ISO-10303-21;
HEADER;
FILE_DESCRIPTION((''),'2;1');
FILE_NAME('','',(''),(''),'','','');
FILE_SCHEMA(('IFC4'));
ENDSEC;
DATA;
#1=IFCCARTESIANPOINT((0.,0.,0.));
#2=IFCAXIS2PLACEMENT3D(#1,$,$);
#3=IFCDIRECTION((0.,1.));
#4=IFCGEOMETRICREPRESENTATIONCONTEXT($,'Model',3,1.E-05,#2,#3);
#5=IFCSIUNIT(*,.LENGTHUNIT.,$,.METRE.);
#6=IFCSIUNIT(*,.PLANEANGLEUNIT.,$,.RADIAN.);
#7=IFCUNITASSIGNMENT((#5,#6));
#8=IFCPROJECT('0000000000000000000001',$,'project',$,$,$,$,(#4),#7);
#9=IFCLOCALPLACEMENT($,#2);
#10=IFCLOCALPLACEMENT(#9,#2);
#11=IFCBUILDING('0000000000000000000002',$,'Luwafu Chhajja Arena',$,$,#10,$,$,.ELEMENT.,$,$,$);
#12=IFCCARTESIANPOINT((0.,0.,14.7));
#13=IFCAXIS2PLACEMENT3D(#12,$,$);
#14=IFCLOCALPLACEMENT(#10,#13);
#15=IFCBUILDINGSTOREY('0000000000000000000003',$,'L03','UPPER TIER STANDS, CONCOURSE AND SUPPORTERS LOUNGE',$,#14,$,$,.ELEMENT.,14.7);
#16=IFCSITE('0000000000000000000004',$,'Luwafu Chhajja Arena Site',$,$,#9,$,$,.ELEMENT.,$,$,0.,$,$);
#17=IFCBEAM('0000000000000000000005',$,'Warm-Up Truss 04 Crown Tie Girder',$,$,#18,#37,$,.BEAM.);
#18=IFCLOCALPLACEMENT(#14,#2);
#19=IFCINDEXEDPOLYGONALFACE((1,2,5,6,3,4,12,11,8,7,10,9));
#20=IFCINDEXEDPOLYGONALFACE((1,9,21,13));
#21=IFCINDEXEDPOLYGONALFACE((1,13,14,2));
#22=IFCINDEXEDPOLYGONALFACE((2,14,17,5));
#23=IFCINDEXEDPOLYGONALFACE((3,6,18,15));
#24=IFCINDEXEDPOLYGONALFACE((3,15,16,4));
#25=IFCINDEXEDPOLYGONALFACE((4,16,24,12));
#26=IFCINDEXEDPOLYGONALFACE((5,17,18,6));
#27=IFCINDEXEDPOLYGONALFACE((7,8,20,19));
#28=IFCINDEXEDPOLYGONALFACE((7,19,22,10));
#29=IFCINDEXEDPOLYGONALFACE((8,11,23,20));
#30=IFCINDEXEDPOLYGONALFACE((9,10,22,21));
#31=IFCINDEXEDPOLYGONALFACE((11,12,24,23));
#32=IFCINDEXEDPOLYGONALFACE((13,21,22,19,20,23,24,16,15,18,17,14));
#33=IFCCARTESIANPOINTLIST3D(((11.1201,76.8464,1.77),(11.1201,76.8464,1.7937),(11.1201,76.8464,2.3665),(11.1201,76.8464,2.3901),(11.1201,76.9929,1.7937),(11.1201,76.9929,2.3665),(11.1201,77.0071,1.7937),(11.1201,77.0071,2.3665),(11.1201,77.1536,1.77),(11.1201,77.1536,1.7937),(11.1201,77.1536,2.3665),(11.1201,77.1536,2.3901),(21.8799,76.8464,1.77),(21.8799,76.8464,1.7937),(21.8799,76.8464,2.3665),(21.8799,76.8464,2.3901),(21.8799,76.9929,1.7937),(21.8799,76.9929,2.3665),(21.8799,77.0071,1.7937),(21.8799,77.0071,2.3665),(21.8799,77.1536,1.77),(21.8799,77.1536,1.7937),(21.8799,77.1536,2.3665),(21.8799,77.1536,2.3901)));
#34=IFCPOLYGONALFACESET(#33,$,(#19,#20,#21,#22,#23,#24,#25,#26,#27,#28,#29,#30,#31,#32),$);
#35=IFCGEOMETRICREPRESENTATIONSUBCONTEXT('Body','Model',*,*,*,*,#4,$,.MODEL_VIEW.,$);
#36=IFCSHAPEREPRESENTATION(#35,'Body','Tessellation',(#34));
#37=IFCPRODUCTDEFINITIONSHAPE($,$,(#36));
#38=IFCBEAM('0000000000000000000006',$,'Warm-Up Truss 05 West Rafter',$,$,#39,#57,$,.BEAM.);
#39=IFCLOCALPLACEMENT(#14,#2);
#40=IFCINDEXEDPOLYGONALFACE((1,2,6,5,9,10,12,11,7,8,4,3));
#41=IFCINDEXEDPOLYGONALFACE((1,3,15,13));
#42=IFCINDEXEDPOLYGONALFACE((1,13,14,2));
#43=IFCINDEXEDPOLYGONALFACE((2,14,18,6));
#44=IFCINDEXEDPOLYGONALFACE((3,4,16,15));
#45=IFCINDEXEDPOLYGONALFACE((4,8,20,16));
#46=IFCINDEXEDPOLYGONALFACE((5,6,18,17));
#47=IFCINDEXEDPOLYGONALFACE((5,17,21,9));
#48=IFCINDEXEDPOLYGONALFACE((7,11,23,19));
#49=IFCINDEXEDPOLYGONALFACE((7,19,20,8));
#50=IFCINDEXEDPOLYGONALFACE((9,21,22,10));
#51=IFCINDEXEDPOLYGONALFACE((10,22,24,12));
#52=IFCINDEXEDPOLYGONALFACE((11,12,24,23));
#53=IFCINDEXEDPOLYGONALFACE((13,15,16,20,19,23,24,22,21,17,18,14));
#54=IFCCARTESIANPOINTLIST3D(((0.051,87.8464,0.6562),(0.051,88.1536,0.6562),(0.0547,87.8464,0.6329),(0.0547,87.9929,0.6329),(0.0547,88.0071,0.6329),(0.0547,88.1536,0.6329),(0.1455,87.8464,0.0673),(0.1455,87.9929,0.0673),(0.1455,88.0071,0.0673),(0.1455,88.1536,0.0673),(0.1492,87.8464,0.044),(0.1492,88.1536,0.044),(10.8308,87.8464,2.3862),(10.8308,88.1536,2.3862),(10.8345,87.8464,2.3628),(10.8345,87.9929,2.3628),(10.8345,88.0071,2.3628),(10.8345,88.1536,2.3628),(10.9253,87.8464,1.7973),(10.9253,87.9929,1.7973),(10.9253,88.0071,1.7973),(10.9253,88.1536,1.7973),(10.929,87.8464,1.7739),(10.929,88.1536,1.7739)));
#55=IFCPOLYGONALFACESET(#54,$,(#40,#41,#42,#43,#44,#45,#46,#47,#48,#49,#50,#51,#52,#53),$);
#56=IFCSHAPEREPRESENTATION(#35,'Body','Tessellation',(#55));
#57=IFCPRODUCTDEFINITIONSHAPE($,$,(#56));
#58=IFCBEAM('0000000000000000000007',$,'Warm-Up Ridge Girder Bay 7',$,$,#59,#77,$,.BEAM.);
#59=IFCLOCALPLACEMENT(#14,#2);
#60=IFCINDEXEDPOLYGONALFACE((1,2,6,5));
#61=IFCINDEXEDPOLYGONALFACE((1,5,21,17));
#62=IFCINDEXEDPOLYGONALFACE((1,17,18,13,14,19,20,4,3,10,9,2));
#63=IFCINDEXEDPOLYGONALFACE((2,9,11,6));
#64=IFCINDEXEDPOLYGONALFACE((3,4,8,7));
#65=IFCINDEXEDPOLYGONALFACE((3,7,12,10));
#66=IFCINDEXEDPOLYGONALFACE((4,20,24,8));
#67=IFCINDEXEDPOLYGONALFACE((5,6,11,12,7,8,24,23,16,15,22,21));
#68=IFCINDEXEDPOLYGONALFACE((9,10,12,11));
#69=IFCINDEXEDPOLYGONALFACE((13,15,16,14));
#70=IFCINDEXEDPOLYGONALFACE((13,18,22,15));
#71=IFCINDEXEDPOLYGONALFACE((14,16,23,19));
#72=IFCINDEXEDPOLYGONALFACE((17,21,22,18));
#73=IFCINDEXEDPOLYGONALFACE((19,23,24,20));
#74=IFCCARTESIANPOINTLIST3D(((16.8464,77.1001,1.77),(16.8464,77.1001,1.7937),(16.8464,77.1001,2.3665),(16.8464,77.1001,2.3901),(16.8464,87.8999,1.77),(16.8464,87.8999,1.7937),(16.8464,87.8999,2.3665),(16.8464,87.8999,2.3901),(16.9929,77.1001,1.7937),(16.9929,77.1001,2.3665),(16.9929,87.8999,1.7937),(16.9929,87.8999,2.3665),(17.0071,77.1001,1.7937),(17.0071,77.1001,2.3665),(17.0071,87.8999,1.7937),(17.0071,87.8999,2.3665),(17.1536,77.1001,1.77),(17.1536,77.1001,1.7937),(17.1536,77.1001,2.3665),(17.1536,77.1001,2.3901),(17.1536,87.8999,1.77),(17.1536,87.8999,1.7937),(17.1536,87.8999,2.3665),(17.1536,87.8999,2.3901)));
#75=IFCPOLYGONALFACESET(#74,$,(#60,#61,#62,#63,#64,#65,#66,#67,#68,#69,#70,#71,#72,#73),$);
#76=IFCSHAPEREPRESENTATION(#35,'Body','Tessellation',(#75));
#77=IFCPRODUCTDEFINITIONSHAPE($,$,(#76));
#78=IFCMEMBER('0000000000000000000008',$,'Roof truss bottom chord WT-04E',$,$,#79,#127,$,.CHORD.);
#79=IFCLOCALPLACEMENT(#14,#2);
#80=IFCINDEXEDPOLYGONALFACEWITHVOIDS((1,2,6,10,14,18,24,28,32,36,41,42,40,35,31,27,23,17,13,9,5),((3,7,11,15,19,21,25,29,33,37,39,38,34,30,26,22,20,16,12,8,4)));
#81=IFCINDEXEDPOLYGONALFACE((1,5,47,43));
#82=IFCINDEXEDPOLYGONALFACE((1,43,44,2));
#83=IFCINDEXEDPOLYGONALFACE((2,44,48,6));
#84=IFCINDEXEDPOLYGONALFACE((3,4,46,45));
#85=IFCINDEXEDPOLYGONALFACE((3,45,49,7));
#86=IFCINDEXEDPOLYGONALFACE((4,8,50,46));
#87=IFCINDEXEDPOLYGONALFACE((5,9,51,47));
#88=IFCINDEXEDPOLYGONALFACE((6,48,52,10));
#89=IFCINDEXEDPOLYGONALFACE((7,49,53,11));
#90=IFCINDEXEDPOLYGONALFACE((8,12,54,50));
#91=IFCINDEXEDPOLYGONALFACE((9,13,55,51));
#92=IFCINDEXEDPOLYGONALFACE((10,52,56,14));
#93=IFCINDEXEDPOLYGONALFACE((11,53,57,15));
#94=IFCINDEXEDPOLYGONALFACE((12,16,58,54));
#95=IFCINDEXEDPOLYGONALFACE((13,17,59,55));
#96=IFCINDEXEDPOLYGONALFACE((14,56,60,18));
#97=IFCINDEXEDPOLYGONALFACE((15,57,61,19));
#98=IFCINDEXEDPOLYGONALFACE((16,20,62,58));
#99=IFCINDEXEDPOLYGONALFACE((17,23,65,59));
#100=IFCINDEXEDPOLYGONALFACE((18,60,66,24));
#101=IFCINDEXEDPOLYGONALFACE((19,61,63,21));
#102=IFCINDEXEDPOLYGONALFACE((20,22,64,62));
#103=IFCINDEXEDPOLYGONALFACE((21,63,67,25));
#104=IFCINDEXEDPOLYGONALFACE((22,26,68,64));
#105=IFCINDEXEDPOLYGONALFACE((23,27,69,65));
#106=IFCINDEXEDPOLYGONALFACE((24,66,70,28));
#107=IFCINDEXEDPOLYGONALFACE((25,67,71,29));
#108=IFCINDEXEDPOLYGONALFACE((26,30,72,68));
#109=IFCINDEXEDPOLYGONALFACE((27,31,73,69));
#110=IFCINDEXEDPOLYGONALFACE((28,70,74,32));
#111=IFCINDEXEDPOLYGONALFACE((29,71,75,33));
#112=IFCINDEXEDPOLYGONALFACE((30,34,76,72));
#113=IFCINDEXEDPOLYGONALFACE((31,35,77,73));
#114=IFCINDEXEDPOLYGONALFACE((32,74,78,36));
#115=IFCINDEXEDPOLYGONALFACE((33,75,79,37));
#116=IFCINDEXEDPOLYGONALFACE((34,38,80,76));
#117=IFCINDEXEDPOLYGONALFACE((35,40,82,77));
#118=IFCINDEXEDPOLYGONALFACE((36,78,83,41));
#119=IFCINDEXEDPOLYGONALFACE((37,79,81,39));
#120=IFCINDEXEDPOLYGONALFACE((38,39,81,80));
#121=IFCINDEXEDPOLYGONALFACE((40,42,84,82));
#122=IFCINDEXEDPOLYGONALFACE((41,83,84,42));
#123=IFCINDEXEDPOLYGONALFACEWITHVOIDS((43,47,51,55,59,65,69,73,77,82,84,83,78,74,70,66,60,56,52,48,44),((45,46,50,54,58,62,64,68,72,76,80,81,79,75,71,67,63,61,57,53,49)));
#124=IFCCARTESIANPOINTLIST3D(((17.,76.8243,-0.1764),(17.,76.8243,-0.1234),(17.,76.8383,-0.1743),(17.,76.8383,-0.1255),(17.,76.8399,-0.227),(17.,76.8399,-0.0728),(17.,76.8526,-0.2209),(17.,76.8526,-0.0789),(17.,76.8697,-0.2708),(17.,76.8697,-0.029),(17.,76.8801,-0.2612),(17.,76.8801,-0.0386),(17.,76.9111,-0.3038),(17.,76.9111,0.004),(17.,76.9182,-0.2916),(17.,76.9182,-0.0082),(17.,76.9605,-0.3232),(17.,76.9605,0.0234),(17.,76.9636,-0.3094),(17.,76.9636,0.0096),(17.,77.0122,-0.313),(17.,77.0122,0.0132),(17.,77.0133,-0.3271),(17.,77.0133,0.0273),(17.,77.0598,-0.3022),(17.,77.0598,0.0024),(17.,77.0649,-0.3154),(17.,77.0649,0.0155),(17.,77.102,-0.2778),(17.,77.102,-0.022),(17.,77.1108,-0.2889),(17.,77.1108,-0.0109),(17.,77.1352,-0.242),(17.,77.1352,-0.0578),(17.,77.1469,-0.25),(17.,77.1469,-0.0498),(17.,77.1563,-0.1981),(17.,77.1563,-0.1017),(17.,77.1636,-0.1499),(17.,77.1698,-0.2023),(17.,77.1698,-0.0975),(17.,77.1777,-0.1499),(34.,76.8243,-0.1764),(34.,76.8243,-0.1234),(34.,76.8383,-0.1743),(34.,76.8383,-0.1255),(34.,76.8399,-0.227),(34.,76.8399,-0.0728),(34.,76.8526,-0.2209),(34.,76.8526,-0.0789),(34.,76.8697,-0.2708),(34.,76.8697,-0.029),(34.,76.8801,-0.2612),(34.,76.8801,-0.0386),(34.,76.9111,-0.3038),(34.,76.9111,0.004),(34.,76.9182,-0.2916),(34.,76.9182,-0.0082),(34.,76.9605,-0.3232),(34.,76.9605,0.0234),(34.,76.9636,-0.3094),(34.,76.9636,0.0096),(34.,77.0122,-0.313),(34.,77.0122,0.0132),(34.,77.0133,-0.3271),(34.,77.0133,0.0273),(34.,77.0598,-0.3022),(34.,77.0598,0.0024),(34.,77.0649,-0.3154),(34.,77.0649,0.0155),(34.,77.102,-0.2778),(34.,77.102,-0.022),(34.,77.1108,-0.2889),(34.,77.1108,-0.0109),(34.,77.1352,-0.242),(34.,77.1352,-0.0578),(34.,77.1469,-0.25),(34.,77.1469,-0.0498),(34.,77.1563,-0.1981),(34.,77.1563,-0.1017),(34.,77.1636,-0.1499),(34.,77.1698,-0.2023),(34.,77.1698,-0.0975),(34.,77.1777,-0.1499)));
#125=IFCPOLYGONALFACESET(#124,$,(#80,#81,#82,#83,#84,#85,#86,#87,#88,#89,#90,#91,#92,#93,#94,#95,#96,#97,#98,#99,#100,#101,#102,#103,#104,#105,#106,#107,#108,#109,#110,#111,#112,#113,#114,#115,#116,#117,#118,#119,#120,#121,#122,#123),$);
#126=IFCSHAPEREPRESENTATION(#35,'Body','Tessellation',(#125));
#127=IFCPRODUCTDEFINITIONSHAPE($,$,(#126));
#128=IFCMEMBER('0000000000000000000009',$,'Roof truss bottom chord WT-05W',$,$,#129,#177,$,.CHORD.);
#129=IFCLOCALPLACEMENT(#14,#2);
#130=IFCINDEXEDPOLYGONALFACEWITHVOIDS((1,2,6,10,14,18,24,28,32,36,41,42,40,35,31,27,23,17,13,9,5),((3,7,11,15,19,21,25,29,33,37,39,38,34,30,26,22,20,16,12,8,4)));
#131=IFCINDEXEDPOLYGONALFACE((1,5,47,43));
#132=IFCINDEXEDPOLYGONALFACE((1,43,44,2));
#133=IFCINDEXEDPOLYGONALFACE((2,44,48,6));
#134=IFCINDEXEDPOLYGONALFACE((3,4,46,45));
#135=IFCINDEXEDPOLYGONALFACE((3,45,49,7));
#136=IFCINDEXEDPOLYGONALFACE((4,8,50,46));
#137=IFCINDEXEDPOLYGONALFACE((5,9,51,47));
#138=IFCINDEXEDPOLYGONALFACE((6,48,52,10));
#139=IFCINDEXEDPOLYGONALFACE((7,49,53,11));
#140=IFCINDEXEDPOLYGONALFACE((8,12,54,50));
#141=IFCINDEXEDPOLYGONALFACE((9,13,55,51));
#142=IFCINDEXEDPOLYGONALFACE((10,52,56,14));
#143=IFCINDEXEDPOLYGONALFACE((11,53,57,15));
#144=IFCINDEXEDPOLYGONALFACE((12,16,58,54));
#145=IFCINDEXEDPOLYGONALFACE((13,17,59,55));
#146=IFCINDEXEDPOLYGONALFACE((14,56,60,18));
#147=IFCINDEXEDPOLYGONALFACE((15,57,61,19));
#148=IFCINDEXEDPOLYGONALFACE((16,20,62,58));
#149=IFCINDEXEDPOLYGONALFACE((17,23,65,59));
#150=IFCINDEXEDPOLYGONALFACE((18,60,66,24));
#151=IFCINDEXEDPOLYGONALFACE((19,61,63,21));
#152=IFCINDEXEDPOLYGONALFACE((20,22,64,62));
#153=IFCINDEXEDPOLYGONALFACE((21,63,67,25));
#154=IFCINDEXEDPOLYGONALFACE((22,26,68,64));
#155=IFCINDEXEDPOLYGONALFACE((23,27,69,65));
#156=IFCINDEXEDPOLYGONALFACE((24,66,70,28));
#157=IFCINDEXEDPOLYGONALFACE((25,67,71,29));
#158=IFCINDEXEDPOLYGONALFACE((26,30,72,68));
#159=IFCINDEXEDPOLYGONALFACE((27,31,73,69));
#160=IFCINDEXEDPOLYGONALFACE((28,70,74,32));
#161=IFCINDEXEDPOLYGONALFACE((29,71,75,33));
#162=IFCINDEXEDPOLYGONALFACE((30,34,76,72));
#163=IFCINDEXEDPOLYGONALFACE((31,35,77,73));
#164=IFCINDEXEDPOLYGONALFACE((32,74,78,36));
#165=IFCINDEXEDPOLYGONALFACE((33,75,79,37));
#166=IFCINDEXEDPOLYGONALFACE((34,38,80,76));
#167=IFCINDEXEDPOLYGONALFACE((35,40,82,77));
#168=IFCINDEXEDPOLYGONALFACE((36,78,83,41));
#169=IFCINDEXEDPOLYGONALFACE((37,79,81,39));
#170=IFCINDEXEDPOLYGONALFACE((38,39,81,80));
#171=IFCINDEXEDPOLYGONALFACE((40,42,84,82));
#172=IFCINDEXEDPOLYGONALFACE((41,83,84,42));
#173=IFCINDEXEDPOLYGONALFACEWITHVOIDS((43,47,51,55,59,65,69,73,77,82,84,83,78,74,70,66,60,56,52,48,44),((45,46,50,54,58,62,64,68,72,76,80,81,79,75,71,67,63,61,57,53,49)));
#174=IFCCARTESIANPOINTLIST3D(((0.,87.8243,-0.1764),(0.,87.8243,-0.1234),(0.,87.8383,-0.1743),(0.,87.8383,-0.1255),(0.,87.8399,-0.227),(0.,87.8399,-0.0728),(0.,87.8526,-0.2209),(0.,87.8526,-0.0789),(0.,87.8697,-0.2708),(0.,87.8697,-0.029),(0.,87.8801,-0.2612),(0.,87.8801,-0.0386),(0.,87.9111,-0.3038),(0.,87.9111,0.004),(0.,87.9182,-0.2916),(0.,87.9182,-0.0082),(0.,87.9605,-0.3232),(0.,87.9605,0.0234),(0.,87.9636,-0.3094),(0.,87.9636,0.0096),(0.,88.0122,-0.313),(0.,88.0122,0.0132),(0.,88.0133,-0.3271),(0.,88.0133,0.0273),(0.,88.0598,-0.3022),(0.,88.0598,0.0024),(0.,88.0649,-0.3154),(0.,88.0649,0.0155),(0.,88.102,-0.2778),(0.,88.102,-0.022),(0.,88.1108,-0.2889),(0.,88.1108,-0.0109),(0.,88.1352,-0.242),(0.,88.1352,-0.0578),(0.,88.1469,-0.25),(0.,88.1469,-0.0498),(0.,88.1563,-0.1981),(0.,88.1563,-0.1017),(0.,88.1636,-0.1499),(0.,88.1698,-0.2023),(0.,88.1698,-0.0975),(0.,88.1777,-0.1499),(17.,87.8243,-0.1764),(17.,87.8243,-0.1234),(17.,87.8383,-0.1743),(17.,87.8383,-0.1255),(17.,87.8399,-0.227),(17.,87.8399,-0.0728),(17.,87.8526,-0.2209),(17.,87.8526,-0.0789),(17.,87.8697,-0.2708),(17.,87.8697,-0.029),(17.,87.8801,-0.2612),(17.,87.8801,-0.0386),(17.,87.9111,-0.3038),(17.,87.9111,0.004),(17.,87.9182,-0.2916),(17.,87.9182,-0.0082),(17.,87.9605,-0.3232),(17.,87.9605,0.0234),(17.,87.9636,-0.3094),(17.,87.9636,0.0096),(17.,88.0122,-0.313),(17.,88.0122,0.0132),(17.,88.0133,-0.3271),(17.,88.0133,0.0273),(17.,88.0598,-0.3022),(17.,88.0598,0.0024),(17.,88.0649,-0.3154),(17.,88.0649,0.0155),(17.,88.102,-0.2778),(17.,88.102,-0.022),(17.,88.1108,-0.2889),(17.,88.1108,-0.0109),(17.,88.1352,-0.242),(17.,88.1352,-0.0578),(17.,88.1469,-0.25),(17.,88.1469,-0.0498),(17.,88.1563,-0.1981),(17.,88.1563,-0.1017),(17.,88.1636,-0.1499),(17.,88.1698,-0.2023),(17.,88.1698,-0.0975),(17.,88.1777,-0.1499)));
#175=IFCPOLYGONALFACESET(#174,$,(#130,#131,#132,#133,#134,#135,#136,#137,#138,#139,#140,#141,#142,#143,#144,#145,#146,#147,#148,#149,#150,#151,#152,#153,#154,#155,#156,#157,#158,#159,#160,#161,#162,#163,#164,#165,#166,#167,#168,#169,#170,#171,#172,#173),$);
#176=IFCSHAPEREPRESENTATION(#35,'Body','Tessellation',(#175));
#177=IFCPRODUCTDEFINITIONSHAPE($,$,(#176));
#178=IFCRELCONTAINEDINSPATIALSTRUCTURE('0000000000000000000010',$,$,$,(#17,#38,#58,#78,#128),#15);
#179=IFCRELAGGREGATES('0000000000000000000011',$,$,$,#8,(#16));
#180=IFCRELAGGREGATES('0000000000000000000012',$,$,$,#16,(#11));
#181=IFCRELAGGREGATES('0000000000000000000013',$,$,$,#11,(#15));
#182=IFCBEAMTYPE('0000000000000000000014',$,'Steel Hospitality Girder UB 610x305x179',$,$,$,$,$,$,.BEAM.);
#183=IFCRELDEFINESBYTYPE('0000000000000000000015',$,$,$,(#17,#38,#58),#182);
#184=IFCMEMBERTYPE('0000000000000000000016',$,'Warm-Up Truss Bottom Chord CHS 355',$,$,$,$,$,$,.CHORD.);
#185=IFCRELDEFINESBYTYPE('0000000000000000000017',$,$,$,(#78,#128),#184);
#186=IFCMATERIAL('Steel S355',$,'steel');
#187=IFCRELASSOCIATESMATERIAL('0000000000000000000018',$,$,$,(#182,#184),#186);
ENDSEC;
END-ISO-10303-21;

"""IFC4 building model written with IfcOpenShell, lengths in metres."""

from ifc_helpers import new_model, si_unit, direction, frame, origin, origin_2d, place, context, subcontext, project, spatial, hollow_circle, i_section, extrude, material, material_profile, profile_set, type_object, element, save


model = new_model("IFC4")

# Units and contexts
model_context = context("Model", 3, precision=1e-05, world=origin(), true_north=direction((0.0, 1.0)))
body_context = subcontext(model_context, "Body", "Model", "MODEL_VIEW")
ifc_project = project(units=[si_unit("LENGTHUNIT", "METRE"), si_unit("PLANEANGLEUNIT", "RADIAN")], contexts=[model_context])

# Site, building, storey
site_placement = place(None, origin())
site = spatial("IfcSite", under=ifc_project, at=site_placement, Name="Luwafu Chhajja Arena Site", CompositionType="ELEMENT", RefElevation=0.0)
building_placement = place(site_placement, origin())
building = spatial("IfcBuilding", under=site, at=building_placement, Name="Luwafu Chhajja Arena", CompositionType="ELEMENT")
storey_placement = place(building_placement, frame((0.0, 0.0, 14.7)))
storey = spatial("IfcBuildingStorey", under=building, at=storey_placement, Name="L03", Description="UPPER TIER STANDS, CONCOURSE AND SUPPORTERS LOUNGE", CompositionType="ELEMENT", Elevation=14.7)

# Shared definitions
ifc_material_1 = material(Name="Steel S355", Category="steel")

# Beams
ifc_material_profile_1 = material_profile(ifc_material_1, i_section(OverallWidth=0.3071, OverallDepth=0.6201, WebThickness=0.0142, FlangeThickness=0.0237, at=origin_2d()), Name="UB 610x305x179")
ifc_profile_set_1 = profile_set([ifc_material_profile_1], Name="Steel S355")
beam_type_1 = type_object("IfcBeamType", Name="Steel Hospitality Girder UB 610x305x179", PredefinedType="BEAM", material=ifc_profile_set_1)
beam_1_placement = place(storey_placement, frame((11.1201, 77.0, 2.0801), z_axis=(1.0, 0.0, 0.0), x_axis=(0.0, 1.0, 0.0)))
element("IfcBeam", 1, at=beam_1_placement, inside=storey, type_object=beam_type_1, Name="Warm-Up Truss 04 Crown Tie Girder", PredefinedType="BEAM", context=body_context, shape_type="SweptSolid", body=[
    extrude(i_section(OverallWidth=0.3071, OverallDepth=0.6201, WebThickness=0.0142, FlangeThickness=0.0237, at=origin_2d()), origin(), (0.0, 0.0, 1.0), 10.7598),
])
beam_2_placement = place(storey_placement, frame((0.1001, 88.0, 0.3501), z_axis=(0.987366, 0.0, 0.158456), x_axis=(0.0, 1.0, 0.0)))
element("IfcBeam", 2, at=beam_2_placement, inside=storey, type_object=beam_type_1, Name="Warm-Up Truss 05 West Rafter", PredefinedType="BEAM", context=body_context, shape_type="SweptSolid", body=[
    extrude(i_section(OverallWidth=0.3071, OverallDepth=0.6201, WebThickness=0.0142, FlangeThickness=0.0237, at=origin_2d()), origin(), (0.0, 0.0, 1.0), 10.9177),
])
beam_3_placement = place(storey_placement, frame((17.0, 77.1001, 2.0801), z_axis=(0.0, 1.0, 0.0), x_axis=(-1.0, 0.0, 0.0)))
element("IfcBeam", 3, at=beam_3_placement, inside=storey, type_object=beam_type_1, Name="Warm-Up Ridge Girder Bay 7", PredefinedType="BEAM", context=body_context, shape_type="SweptSolid", body=[
    extrude(i_section(OverallWidth=0.3071, OverallDepth=0.6201, WebThickness=0.0142, FlangeThickness=0.0237, at=origin_2d()), origin(), (0.0, 0.0, 1.0), 10.7998),
])

# Members
ifc_material_profile_2 = material_profile(ifc_material_1, hollow_circle(Radius=0.1777, WallThickness=0.0142, at=origin_2d()), Name="CHS 355.6x14.2")
ifc_profile_set_2 = profile_set([ifc_material_profile_2], Name="Steel S355")
member_type_1 = type_object("IfcMemberType", Name="Warm-Up Truss Bottom Chord CHS 355", PredefinedType="CHORD", material=ifc_profile_set_2)
for number, where, z_axis, x_axis, name in (
    (4, (17.0, 77.0, -0.1499), (1.0, 0.0, 0.0), (0.0, 1.0, 0.0), "Roof truss bottom chord WT-04E"),
    (5, (0.0, 88.0, -0.1499), (1.0, 0.0, 0.0), (0.0, 1.0, 0.0), "Roof truss bottom chord WT-05W"),
):
    element("IfcMember", number, at=place(storey_placement, frame(where, z_axis=z_axis, x_axis=x_axis)), inside=storey, type_object=member_type_1, Name=name, PredefinedType="CHORD", context=body_context, shape_type="SweptSolid", body=[
        extrude(hollow_circle(Radius=0.1777, WallThickness=0.0142, at=origin_2d()), origin(), (0.0, 0.0, 1.0), 17.0),
    ])

save(model, "model.ifc")
